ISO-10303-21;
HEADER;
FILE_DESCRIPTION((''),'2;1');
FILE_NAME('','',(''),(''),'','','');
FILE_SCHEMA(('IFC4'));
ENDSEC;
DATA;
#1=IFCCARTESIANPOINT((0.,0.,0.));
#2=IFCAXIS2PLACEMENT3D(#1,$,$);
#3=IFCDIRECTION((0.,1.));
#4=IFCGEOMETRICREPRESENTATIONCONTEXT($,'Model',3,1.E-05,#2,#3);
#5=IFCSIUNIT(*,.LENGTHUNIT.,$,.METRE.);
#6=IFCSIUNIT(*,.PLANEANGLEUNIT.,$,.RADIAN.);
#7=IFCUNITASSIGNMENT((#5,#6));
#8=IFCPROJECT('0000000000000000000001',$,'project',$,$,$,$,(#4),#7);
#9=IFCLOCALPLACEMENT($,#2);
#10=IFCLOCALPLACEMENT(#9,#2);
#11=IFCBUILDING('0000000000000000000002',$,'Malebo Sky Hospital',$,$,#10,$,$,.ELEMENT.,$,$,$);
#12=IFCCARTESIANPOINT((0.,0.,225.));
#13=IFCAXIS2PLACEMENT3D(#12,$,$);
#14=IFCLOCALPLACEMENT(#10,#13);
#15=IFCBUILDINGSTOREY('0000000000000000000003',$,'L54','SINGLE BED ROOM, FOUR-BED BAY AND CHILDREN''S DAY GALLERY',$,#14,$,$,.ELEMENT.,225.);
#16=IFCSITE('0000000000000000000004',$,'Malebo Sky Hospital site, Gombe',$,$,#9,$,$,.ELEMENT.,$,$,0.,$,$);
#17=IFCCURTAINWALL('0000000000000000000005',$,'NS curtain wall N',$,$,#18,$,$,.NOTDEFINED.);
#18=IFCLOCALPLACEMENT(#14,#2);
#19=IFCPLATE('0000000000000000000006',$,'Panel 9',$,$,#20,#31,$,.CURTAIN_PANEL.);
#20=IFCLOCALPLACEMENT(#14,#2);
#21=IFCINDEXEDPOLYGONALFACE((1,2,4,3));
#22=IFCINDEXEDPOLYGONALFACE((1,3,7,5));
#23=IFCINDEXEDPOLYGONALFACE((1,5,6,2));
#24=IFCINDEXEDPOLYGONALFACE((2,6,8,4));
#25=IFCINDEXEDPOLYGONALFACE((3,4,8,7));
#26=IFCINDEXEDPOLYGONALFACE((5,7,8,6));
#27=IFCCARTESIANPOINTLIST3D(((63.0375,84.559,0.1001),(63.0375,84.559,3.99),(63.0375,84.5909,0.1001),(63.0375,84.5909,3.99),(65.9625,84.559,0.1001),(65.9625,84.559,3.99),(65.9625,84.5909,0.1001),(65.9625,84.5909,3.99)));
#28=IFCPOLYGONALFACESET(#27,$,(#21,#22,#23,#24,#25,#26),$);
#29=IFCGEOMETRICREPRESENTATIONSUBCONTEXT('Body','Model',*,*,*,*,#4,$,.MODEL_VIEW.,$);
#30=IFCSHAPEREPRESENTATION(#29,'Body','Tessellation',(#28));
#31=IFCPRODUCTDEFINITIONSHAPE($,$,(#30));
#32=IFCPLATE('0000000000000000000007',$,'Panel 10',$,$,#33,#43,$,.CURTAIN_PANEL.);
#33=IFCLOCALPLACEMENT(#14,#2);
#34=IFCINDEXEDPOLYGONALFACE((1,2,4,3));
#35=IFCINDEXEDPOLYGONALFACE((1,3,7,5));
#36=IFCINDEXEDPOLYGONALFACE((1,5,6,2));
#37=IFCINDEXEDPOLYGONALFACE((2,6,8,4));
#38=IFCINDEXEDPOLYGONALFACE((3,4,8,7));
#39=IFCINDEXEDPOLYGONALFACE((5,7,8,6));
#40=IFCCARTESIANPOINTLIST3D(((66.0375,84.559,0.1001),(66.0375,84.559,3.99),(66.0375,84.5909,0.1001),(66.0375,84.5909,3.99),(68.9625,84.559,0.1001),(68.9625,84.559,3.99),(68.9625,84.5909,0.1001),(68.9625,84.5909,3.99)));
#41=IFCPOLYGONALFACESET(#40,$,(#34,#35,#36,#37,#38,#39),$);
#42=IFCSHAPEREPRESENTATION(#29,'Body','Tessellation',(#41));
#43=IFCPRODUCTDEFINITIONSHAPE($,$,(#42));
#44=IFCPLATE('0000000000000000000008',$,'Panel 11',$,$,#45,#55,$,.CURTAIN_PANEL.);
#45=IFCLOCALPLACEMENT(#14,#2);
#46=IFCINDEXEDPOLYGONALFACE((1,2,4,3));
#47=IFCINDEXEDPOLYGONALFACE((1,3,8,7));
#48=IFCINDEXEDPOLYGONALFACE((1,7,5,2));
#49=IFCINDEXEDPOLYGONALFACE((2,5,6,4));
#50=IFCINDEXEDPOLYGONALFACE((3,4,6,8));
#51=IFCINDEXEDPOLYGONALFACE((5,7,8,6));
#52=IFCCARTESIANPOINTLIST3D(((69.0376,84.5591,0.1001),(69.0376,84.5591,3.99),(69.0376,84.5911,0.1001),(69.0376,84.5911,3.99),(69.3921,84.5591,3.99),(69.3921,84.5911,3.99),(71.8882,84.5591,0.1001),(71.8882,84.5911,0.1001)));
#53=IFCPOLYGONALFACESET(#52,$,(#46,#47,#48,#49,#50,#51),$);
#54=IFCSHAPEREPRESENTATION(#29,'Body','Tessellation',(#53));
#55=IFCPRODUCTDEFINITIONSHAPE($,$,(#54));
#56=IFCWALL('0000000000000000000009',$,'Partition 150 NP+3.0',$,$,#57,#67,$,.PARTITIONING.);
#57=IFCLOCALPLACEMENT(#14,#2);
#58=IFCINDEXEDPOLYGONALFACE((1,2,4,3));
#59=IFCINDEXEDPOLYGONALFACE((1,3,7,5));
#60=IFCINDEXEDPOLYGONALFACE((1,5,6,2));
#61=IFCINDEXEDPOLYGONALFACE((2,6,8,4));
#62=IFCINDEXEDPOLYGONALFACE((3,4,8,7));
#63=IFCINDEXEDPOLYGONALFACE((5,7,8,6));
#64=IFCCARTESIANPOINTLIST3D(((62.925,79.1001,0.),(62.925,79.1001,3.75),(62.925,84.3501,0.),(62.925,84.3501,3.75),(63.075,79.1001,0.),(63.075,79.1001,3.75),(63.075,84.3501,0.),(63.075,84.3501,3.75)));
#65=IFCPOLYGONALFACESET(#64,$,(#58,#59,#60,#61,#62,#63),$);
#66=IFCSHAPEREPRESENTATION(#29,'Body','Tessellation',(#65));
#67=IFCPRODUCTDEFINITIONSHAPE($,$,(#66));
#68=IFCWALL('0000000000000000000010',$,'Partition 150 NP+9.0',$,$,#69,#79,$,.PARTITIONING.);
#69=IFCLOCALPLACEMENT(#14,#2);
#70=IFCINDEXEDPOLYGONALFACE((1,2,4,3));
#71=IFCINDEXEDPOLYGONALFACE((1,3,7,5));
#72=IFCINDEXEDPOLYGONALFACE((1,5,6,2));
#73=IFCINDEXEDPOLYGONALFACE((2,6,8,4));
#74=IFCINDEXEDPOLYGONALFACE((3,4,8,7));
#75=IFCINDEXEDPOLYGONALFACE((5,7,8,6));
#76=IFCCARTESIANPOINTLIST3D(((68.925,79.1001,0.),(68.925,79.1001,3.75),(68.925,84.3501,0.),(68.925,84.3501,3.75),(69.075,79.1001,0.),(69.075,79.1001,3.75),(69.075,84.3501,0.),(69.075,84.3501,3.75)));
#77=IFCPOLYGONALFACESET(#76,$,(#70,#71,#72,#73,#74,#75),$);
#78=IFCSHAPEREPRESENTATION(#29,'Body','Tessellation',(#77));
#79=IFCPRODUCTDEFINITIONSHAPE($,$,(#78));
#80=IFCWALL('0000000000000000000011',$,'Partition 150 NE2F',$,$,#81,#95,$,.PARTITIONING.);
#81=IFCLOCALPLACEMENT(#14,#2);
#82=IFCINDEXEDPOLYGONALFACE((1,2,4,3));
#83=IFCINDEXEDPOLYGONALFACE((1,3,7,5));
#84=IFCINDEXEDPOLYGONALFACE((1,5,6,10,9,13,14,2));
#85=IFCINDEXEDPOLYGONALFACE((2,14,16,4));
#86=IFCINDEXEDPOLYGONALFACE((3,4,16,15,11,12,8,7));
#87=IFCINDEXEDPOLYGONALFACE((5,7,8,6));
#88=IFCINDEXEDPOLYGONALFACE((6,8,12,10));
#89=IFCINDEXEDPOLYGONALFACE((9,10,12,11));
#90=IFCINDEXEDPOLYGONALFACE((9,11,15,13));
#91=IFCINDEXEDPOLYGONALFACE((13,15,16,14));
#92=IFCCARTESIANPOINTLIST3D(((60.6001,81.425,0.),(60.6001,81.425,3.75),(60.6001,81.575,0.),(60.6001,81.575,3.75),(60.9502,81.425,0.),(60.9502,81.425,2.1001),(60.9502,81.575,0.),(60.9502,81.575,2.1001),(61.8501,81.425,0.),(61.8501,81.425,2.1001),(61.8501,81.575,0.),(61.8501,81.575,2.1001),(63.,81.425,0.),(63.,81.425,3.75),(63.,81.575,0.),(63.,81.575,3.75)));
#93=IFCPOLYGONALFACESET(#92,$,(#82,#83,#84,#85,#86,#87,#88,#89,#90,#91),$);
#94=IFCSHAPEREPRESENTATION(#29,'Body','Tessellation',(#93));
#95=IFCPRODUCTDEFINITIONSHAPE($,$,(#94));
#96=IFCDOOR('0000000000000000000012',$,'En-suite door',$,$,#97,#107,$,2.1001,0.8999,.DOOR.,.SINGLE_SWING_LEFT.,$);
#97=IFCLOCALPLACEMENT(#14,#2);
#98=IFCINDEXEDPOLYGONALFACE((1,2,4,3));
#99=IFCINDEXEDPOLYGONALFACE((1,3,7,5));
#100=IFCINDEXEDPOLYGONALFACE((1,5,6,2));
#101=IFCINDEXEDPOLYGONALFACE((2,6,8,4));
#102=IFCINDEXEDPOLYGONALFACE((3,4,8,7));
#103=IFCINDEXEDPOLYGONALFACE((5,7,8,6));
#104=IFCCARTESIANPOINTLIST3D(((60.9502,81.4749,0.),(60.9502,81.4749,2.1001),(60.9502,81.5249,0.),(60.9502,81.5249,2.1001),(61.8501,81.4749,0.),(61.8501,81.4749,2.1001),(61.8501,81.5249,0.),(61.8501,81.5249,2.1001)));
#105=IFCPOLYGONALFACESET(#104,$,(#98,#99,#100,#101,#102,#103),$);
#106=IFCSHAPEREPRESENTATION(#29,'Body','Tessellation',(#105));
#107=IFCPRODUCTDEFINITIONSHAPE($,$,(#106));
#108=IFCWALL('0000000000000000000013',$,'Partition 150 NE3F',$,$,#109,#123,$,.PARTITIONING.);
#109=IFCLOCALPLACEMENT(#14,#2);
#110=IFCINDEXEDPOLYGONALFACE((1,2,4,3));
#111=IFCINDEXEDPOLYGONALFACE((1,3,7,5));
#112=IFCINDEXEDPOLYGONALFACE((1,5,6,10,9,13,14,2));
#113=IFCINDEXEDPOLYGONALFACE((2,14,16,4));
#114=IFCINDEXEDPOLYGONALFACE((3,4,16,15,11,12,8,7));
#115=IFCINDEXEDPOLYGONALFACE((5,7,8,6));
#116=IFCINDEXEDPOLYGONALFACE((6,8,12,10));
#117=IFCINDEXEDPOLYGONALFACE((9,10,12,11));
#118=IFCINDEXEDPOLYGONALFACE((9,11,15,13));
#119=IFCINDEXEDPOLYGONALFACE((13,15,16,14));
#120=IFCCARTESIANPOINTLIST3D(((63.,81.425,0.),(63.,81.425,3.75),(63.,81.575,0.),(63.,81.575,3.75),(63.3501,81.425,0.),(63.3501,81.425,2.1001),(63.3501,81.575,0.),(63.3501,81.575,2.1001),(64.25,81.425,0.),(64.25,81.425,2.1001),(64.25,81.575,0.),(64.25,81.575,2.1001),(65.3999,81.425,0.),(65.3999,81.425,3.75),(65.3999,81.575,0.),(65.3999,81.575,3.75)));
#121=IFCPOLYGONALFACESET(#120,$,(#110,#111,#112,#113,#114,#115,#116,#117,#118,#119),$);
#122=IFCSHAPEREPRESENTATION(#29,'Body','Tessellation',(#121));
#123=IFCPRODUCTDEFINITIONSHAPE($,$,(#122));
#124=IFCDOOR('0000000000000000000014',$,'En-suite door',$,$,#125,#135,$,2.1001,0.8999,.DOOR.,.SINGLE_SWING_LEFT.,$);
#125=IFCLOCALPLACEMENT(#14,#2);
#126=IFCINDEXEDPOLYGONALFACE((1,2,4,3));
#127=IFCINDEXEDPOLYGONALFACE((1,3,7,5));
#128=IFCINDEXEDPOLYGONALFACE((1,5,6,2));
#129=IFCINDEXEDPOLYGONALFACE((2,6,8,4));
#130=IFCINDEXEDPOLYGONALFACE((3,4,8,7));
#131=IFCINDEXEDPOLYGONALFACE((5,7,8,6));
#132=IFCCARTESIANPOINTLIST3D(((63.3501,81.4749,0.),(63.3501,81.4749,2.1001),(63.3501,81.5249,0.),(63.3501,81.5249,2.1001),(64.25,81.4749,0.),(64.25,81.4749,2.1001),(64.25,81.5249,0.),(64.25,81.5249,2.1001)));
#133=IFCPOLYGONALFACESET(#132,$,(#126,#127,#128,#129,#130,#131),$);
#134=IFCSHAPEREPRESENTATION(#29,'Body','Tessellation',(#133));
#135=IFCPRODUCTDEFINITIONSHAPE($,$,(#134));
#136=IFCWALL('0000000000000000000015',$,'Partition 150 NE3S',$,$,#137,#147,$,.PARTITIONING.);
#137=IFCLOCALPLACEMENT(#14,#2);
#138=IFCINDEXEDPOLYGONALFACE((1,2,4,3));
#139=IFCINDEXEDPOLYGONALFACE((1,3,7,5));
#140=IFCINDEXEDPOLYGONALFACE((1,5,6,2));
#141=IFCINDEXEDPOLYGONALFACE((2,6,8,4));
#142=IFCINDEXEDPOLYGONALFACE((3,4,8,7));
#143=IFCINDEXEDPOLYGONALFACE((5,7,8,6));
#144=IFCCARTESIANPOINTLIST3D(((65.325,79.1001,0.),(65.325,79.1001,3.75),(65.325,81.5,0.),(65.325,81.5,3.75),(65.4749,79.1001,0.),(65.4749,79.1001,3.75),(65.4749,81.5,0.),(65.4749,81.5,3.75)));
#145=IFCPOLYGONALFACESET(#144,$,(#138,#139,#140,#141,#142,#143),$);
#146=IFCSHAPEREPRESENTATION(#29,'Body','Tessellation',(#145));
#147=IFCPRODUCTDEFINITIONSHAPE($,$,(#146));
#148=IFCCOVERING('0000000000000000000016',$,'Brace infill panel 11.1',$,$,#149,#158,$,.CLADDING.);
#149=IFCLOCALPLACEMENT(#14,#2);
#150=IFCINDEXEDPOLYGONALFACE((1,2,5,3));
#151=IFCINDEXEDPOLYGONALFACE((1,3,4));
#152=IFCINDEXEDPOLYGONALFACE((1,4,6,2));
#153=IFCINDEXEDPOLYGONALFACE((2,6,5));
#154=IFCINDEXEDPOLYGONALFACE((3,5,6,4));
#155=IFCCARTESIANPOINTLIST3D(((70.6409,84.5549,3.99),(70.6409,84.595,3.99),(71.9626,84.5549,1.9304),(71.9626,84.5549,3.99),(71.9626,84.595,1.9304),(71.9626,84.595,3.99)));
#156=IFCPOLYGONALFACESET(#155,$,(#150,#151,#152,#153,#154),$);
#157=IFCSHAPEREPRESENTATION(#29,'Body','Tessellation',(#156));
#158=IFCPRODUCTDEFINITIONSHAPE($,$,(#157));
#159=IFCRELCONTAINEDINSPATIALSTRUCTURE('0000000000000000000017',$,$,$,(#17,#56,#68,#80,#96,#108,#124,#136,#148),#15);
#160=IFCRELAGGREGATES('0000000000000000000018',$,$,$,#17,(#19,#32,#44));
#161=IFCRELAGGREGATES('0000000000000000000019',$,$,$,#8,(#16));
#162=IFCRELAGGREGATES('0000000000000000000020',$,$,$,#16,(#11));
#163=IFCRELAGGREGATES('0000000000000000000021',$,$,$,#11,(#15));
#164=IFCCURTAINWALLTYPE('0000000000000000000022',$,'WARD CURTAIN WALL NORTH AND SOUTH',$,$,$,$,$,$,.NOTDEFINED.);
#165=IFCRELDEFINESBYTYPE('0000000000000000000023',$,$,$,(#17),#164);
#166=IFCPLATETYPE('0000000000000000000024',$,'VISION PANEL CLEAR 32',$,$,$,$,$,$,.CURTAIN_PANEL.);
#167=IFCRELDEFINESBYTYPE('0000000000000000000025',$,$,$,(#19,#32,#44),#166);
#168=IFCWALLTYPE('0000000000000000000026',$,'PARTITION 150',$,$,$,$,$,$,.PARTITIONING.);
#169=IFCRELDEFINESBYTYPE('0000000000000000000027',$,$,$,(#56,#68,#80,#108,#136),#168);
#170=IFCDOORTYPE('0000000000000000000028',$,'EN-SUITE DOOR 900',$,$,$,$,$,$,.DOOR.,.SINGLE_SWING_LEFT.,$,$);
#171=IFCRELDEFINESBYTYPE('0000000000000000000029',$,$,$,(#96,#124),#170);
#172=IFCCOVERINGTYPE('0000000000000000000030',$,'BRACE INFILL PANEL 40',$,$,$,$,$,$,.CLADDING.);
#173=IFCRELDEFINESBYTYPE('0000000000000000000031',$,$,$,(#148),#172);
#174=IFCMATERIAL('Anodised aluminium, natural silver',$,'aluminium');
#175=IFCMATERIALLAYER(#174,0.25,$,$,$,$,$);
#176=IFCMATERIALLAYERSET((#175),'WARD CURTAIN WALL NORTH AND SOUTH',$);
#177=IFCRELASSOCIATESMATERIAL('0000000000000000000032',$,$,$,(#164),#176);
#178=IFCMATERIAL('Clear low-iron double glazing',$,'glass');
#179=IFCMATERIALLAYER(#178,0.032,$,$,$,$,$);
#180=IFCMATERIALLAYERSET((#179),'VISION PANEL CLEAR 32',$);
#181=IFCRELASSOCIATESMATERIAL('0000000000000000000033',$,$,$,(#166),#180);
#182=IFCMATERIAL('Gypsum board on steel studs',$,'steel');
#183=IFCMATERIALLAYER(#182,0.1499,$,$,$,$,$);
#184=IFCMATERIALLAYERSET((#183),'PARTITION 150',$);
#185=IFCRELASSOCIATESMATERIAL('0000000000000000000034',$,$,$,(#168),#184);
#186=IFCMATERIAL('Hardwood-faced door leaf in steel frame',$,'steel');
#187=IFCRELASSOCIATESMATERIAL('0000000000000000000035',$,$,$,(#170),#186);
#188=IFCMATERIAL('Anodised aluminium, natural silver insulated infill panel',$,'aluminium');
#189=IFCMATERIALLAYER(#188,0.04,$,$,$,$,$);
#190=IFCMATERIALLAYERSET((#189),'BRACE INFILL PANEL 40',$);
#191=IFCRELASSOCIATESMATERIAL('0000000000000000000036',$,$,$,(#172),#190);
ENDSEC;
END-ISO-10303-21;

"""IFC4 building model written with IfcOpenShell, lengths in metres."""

from ifc_helpers import new_model, si_unit, direction, frame, frame_2d, origin, origin_2d, place, context, subcontext, project, spatial, polyline, rectangle, outline, extrude, material, layer, layer_set, type_object, element, fill, aggregate, save


model = new_model("IFC4")

# Units and contexts
model_context = context("Model", 3, precision=1e-05, world=origin(), true_north=direction((0.0, 1.0)))
body_context = subcontext(model_context, "Body", "Model", "MODEL_VIEW")
ifc_project = project(units=[si_unit("LENGTHUNIT", "METRE"), si_unit("PLANEANGLEUNIT", "RADIAN")], contexts=[model_context])

# Site, building, storey
site_placement = place(None, origin())
site = spatial("IfcSite", under=ifc_project, at=site_placement, Name="Malebo Sky Hospital site, Gombe", CompositionType="ELEMENT", RefElevation=0.0)
building_placement = place(site_placement, origin())
building = spatial("IfcBuilding", under=site, at=building_placement, Name="Malebo Sky Hospital", CompositionType="ELEMENT")
storey_placement = place(building_placement, frame((0.0, 0.0, 225.0)))
storey = spatial("IfcBuildingStorey", under=building, at=storey_placement, Name="L54", Description="SINGLE BED ROOM, FOUR-BED BAY AND CHILDREN'S DAY GALLERY", CompositionType="ELEMENT", Elevation=225.0)

# Curtain wall
ifc_material_1 = material(Name="Anodised aluminium, natural silver", Category="aluminium")
ifc_layer_1 = layer(ifc_material_1, 0.25)
ifc_layer_set_1 = layer_set([ifc_layer_1], Name="WARD CURTAIN WALL NORTH AND SOUTH")
curtain_wall_type = type_object("IfcCurtainWallType", Name="WARD CURTAIN WALL NORTH AND SOUTH", PredefinedType="NOTDEFINED", material=ifc_layer_set_1)
curtain_wall_placement = place(storey_placement, origin())
curtain_wall = element("IfcCurtainWall", 1, at=curtain_wall_placement, inside=storey, type_object=curtain_wall_type, Name="NS curtain wall N", PredefinedType="NOTDEFINED")

# Plates
ifc_material_2 = material(Name="Clear low-iron double glazing", Category="glass")
ifc_layer_2 = layer(ifc_material_2, 0.032)
ifc_layer_set_2 = layer_set([ifc_layer_2], Name="VISION PANEL CLEAR 32")
plate_type = type_object("IfcPlateType", Name="VISION PANEL CLEAR 32", PredefinedType="CURTAIN_PANEL", material=ifc_layer_set_2)
plate_1_placement = place(storey_placement, frame((64.5, 84.575, 0.1001), z_axis=(0.0, 0.0, 1.0), x_axis=(1.0, 0.0, 0.0)))
plate_1 = element("IfcPlate", 2, at=plate_1_placement, type_object=plate_type, Name="Panel 9", PredefinedType="CURTAIN_PANEL", context=body_context, shape_type="SweptSolid", body=[
    extrude(rectangle(XDim=2.925, YDim=0.032, at=origin_2d()), origin(), (0.0, 0.0, 1.0), 3.8899),
])
plate_2_placement = place(storey_placement, frame((67.5, 84.575, 0.1001), z_axis=(0.0, 0.0, 1.0), x_axis=(1.0, 0.0, 0.0)))
plate_2 = element("IfcPlate", 3, at=plate_2_placement, type_object=plate_type, Name="Panel 10", PredefinedType="CURTAIN_PANEL", context=body_context, shape_type="SweptSolid", body=[
    extrude(rectangle(XDim=2.925, YDim=0.032, at=origin_2d()), origin(), (0.0, 0.0, 1.0), 3.8899),
])
plate_3_placement = place(storey_placement, frame((70.4629, 84.575, 0.1001), z_axis=(0.0, 0.0, 1.0), x_axis=(1.0, 0.0, 0.0)))
plate_3 = element("IfcPlate", 4, at=plate_3_placement, type_object=plate_type, Name="Panel 11", PredefinedType="CURTAIN_PANEL", context=body_context, shape_type="SweptSolid", body=[
    extrude(outline(polyline([(-1.4253, 0.0), (1.4253, 0.0), (-1.0708, 3.8899), (-1.4253, 3.8899), (-1.4253, 0.0)])), frame((0.0, 0.0161, 0.0), z_axis=(0.0, -1.0, 0.0), x_axis=(1.0, 0.0, 0.0)), (0.0, 0.0, 1.0), 0.032),
])
aggregate(curtain_wall, [plate_1, plate_2, plate_3])

# Walls
ifc_material_3 = material(Name="Gypsum board on steel studs", Category="steel")
ifc_layer_3 = layer(ifc_material_3, 0.1499)
ifc_layer_set_3 = layer_set([ifc_layer_3], Name="PARTITION 150")
wall_type = type_object("IfcWallType", Name="PARTITION 150", PredefinedType="PARTITIONING", material=ifc_layer_set_3)
for number, where, z_axis, x_axis, name in (
    (5, (63.0, 79.1001, 0.0), (0.0, 0.0, 1.0), (0.0, 1.0, 0.0), "Partition 150 NP+3.0"),
    (6, (69.0, 79.1001, 0.0), (0.0, 0.0, 1.0), (0.0, 1.0, 0.0), "Partition 150 NP+9.0"),
):
    element("IfcWall", number, at=place(storey_placement, frame(where, z_axis=z_axis, x_axis=x_axis)), inside=storey, type_object=wall_type, Name=name, PredefinedType="PARTITIONING", context=body_context, shape_type="SweptSolid", body=[
        extrude(rectangle(XDim=5.25, YDim=0.1499, at=frame_2d((2.625, 0.0))), origin(), (0.0, 0.0, 1.0), 3.75),
    ])

# Walls, openings, doors
wall_1_placement = place(storey_placement, frame((60.6001, 81.5, 0.0), z_axis=(0.0, 0.0, 1.0), x_axis=(1.0, 0.0, 0.0)))
wall_1 = element("IfcWall", 7, at=wall_1_placement, inside=storey, type_object=wall_type, Name="Partition 150 NE2F", PredefinedType="PARTITIONING", context=body_context, shape_type="SweptSolid", body=[
    extrude(rectangle(XDim=2.3999, YDim=0.1499, at=frame_2d((1.2, 0.0))), origin(), (0.0, 0.0, 1.0), 3.75),
])
opening_1_placement = place(wall_1_placement, frame((0.3501, 0.0, 0.0)))
opening_1 = element("IfcOpeningElement", 8, at=opening_1_placement, cuts=wall_1, PredefinedType="OPENING", context=body_context, shape_type="SweptSolid", body=[
    extrude(rectangle(XDim=0.8999, YDim=2.1001, at=frame_2d((0.45, 1.05))), frame((0.0, 0.085, 0.0), z_axis=(0.0, -1.0, 0.0), x_axis=(1.0, 0.0, 0.0)), (0.0, 0.0, 1.0), 0.1699),
])
ifc_material_4 = material(Name="Hardwood-faced door leaf in steel frame", Category="steel")
door_type = type_object("IfcDoorType", Name="EN-SUITE DOOR 900", OperationType="SINGLE_SWING_LEFT", PredefinedType="DOOR", material=ifc_material_4)
door_1_placement = place(opening_1_placement, origin())
door_1 = element("IfcDoor", 9, at=door_1_placement, inside=storey, type_object=door_type, Name="En-suite door", OperationType="SINGLE_SWING_LEFT", OverallHeight=2.1001, OverallWidth=0.8999, PredefinedType="DOOR", context=body_context, shape_type="SweptSolid", body=[
    extrude(rectangle(XDim=0.8999, YDim=2.1001, at=frame_2d((0.45, 1.05))), frame((0.0, 0.0249, 0.0), z_axis=(0.0, -1.0, 0.0), x_axis=(1.0, 0.0, 0.0)), (0.0, 0.0, 1.0), 0.05),
])
fill(opening_1, door_1)
wall_2_placement = place(storey_placement, frame((63.0, 81.5, 0.0), z_axis=(0.0, 0.0, 1.0), x_axis=(1.0, 0.0, 0.0)))
wall_2 = element("IfcWall", 10, at=wall_2_placement, inside=storey, type_object=wall_type, Name="Partition 150 NE3F", PredefinedType="PARTITIONING", context=body_context, shape_type="SweptSolid", body=[
    extrude(rectangle(XDim=2.3999, YDim=0.1499, at=frame_2d((1.2, 0.0))), origin(), (0.0, 0.0, 1.0), 3.75),
])
opening_2_placement = place(wall_2_placement, frame((0.3501, 0.0, 0.0)))
opening_2 = element("IfcOpeningElement", 11, at=opening_2_placement, cuts=wall_2, PredefinedType="OPENING", context=body_context, shape_type="SweptSolid", body=[
    extrude(rectangle(XDim=0.8999, YDim=2.1001, at=frame_2d((0.45, 1.05))), frame((0.0, 0.085, 0.0), z_axis=(0.0, -1.0, 0.0), x_axis=(1.0, 0.0, 0.0)), (0.0, 0.0, 1.0), 0.1699),
])
door_2_placement = place(opening_2_placement, origin())
door_2 = element("IfcDoor", 12, at=door_2_placement, inside=storey, type_object=door_type, Name="En-suite door", OperationType="SINGLE_SWING_LEFT", OverallHeight=2.1001, OverallWidth=0.8999, PredefinedType="DOOR", context=body_context, shape_type="SweptSolid", body=[
    extrude(rectangle(XDim=0.8999, YDim=2.1001, at=frame_2d((0.45, 1.05))), frame((0.0, 0.0249, 0.0), z_axis=(0.0, -1.0, 0.0), x_axis=(1.0, 0.0, 0.0)), (0.0, 0.0, 1.0), 0.05),
])
fill(opening_2, door_2)

# Wall
wall_3_placement = place(storey_placement, frame((65.3999, 79.1001, 0.0), z_axis=(0.0, 0.0, 1.0), x_axis=(0.0, 1.0, 0.0)))
element("IfcWall", 13, at=wall_3_placement, inside=storey, type_object=wall_type, Name="Partition 150 NE3S", PredefinedType="PARTITIONING", context=body_context, shape_type="SweptSolid", body=[
    extrude(rectangle(XDim=2.3999, YDim=0.1499, at=frame_2d((1.2, 0.0))), origin(), (0.0, 0.0, 1.0), 3.75),
])

# Covering
ifc_material_5 = material(Name="Anodised aluminium, natural silver insulated infill panel", Category="aluminium")
ifc_layer_4 = layer(ifc_material_5, 0.04)
ifc_layer_set_4 = layer_set([ifc_layer_4], Name="BRACE INFILL PANEL 40")
covering_type = type_object("IfcCoveringType", Name="BRACE INFILL PANEL 40", PredefinedType="CLADDING", material=ifc_layer_set_4)
covering_placement = place(storey_placement, frame((71.3018, 84.575, 1.9304), z_axis=(0.0, 0.0, 1.0), x_axis=(1.0, 0.0, 0.0)))
element("IfcCovering", 14, at=covering_placement, inside=storey, type_object=covering_type, Name="Brace infill panel 11.1", PredefinedType="CLADDING", context=body_context, shape_type="SweptSolid", body=[
    extrude(outline(polyline([(0.6609, 0.0), (0.6609, 2.0596), (-0.6609, 2.0596), (0.6609, 0.0)])), frame((0.0, 0.02, 0.0), z_axis=(0.0, -1.0, 0.0), x_axis=(1.0, 0.0, 0.0)), (0.0, 0.0, 1.0), 0.04),
])

save(model, "model.ifc")
